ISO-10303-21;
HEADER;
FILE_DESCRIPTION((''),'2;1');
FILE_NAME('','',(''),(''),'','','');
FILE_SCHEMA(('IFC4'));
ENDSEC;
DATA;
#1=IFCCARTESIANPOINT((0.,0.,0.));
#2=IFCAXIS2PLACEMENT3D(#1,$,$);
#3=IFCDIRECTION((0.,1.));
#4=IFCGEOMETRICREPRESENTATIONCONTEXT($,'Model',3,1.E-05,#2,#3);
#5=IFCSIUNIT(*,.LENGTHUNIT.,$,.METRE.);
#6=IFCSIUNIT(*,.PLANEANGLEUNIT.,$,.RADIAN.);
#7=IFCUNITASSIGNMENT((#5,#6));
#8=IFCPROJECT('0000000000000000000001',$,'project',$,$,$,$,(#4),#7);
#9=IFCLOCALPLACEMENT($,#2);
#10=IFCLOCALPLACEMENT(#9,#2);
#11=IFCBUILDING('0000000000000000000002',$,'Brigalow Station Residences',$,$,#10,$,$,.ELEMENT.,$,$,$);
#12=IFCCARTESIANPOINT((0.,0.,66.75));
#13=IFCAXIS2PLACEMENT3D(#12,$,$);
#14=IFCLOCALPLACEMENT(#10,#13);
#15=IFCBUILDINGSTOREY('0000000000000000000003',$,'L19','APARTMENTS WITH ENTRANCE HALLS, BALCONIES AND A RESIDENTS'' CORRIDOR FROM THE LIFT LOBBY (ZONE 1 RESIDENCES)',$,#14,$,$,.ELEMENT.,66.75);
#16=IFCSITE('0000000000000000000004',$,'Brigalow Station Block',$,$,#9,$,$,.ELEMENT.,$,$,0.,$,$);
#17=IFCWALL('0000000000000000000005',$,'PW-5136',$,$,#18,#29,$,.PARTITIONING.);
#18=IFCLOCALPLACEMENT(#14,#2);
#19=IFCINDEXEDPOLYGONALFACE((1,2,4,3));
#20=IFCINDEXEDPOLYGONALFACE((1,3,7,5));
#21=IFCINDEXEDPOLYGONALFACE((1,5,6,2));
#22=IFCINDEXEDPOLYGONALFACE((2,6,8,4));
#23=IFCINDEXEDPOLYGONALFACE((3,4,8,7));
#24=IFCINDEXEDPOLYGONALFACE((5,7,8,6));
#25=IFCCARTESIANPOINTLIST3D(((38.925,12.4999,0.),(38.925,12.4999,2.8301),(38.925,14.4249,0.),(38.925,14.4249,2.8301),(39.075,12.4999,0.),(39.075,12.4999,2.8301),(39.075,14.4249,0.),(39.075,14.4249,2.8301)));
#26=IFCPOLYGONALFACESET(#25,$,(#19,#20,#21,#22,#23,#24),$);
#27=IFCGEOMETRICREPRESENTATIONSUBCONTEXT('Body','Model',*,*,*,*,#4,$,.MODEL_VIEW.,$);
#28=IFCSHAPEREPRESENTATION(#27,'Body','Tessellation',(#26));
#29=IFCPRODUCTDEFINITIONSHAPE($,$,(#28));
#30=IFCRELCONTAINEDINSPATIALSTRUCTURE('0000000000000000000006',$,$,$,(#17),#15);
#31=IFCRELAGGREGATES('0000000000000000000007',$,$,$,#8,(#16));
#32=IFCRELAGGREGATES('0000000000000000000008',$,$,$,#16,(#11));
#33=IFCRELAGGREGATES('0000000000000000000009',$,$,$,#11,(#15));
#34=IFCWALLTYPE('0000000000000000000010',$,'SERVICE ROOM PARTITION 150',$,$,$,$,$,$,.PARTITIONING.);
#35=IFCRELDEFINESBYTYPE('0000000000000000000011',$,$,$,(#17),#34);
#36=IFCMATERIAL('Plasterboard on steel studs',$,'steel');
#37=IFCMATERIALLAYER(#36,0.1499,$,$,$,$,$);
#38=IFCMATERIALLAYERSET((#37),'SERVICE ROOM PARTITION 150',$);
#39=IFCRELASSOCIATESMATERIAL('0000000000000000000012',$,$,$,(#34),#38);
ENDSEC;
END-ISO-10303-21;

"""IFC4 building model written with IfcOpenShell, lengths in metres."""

from ifc_helpers import new_model, si_unit, direction, frame, frame_2d, origin, place, context, subcontext, project, spatial, rectangle, extrude, material, layer, layer_set, type_object, element, save


model = new_model("IFC4")

# Units and contexts
model_context = context("Model", 3, precision=1e-05, world=origin(), true_north=direction((0.0, 1.0)))
body_context = subcontext(model_context, "Body", "Model", "MODEL_VIEW")
ifc_project = project(units=[si_unit("LENGTHUNIT", "METRE"), si_unit("PLANEANGLEUNIT", "RADIAN")], contexts=[model_context])

# Site, building, storey
site_placement = place(None, origin())
site = spatial("IfcSite", under=ifc_project, at=site_placement, Name="Brigalow Station Block", CompositionType="ELEMENT", RefElevation=0.0)
building_placement = place(site_placement, origin())
building = spatial("IfcBuilding", under=site, at=building_placement, Name="Brigalow Station Residences", CompositionType="ELEMENT")
storey_placement = place(building_placement, frame((0.0, 0.0, 66.75)))
storey = spatial("IfcBuildingStorey", under=building, at=storey_placement, Name="L19", Description="APARTMENTS WITH ENTRANCE HALLS, BALCONIES AND A RESIDENTS' CORRIDOR FROM THE LIFT LOBBY (ZONE 1 RESIDENCES)", CompositionType="ELEMENT", Elevation=66.75)

# Shared definitions
ifc_material_1 = material(Name="Plasterboard on steel studs", Category="steel")
ifc_layer_1 = layer(ifc_material_1, 0.1499)
ifc_layer_set_1 = layer_set([ifc_layer_1], Name="SERVICE ROOM PARTITION 150")
wall_type_1 = type_object("IfcWallType", Name="SERVICE ROOM PARTITION 150", PredefinedType="PARTITIONING", material=ifc_layer_set_1)

# Wall
wall_1_placement = place(storey_placement, frame((39.0, 12.5, 0.0), z_axis=(0.0, 0.0, 1.0), x_axis=(0.0, 1.0, 0.0)))
element("IfcWall", 1, at=wall_1_placement, inside=storey, type_object=wall_type_1, Name="PW-5136", PredefinedType="PARTITIONING", context=body_context, shape_type="SweptSolid", body=[
    extrude(rectangle(XDim=1.925, YDim=0.1499, at=frame_2d((0.9624, 0.0))), origin(), (0.0, 0.0, 1.0), 2.8301),
])

save(model, "model.ifc")
